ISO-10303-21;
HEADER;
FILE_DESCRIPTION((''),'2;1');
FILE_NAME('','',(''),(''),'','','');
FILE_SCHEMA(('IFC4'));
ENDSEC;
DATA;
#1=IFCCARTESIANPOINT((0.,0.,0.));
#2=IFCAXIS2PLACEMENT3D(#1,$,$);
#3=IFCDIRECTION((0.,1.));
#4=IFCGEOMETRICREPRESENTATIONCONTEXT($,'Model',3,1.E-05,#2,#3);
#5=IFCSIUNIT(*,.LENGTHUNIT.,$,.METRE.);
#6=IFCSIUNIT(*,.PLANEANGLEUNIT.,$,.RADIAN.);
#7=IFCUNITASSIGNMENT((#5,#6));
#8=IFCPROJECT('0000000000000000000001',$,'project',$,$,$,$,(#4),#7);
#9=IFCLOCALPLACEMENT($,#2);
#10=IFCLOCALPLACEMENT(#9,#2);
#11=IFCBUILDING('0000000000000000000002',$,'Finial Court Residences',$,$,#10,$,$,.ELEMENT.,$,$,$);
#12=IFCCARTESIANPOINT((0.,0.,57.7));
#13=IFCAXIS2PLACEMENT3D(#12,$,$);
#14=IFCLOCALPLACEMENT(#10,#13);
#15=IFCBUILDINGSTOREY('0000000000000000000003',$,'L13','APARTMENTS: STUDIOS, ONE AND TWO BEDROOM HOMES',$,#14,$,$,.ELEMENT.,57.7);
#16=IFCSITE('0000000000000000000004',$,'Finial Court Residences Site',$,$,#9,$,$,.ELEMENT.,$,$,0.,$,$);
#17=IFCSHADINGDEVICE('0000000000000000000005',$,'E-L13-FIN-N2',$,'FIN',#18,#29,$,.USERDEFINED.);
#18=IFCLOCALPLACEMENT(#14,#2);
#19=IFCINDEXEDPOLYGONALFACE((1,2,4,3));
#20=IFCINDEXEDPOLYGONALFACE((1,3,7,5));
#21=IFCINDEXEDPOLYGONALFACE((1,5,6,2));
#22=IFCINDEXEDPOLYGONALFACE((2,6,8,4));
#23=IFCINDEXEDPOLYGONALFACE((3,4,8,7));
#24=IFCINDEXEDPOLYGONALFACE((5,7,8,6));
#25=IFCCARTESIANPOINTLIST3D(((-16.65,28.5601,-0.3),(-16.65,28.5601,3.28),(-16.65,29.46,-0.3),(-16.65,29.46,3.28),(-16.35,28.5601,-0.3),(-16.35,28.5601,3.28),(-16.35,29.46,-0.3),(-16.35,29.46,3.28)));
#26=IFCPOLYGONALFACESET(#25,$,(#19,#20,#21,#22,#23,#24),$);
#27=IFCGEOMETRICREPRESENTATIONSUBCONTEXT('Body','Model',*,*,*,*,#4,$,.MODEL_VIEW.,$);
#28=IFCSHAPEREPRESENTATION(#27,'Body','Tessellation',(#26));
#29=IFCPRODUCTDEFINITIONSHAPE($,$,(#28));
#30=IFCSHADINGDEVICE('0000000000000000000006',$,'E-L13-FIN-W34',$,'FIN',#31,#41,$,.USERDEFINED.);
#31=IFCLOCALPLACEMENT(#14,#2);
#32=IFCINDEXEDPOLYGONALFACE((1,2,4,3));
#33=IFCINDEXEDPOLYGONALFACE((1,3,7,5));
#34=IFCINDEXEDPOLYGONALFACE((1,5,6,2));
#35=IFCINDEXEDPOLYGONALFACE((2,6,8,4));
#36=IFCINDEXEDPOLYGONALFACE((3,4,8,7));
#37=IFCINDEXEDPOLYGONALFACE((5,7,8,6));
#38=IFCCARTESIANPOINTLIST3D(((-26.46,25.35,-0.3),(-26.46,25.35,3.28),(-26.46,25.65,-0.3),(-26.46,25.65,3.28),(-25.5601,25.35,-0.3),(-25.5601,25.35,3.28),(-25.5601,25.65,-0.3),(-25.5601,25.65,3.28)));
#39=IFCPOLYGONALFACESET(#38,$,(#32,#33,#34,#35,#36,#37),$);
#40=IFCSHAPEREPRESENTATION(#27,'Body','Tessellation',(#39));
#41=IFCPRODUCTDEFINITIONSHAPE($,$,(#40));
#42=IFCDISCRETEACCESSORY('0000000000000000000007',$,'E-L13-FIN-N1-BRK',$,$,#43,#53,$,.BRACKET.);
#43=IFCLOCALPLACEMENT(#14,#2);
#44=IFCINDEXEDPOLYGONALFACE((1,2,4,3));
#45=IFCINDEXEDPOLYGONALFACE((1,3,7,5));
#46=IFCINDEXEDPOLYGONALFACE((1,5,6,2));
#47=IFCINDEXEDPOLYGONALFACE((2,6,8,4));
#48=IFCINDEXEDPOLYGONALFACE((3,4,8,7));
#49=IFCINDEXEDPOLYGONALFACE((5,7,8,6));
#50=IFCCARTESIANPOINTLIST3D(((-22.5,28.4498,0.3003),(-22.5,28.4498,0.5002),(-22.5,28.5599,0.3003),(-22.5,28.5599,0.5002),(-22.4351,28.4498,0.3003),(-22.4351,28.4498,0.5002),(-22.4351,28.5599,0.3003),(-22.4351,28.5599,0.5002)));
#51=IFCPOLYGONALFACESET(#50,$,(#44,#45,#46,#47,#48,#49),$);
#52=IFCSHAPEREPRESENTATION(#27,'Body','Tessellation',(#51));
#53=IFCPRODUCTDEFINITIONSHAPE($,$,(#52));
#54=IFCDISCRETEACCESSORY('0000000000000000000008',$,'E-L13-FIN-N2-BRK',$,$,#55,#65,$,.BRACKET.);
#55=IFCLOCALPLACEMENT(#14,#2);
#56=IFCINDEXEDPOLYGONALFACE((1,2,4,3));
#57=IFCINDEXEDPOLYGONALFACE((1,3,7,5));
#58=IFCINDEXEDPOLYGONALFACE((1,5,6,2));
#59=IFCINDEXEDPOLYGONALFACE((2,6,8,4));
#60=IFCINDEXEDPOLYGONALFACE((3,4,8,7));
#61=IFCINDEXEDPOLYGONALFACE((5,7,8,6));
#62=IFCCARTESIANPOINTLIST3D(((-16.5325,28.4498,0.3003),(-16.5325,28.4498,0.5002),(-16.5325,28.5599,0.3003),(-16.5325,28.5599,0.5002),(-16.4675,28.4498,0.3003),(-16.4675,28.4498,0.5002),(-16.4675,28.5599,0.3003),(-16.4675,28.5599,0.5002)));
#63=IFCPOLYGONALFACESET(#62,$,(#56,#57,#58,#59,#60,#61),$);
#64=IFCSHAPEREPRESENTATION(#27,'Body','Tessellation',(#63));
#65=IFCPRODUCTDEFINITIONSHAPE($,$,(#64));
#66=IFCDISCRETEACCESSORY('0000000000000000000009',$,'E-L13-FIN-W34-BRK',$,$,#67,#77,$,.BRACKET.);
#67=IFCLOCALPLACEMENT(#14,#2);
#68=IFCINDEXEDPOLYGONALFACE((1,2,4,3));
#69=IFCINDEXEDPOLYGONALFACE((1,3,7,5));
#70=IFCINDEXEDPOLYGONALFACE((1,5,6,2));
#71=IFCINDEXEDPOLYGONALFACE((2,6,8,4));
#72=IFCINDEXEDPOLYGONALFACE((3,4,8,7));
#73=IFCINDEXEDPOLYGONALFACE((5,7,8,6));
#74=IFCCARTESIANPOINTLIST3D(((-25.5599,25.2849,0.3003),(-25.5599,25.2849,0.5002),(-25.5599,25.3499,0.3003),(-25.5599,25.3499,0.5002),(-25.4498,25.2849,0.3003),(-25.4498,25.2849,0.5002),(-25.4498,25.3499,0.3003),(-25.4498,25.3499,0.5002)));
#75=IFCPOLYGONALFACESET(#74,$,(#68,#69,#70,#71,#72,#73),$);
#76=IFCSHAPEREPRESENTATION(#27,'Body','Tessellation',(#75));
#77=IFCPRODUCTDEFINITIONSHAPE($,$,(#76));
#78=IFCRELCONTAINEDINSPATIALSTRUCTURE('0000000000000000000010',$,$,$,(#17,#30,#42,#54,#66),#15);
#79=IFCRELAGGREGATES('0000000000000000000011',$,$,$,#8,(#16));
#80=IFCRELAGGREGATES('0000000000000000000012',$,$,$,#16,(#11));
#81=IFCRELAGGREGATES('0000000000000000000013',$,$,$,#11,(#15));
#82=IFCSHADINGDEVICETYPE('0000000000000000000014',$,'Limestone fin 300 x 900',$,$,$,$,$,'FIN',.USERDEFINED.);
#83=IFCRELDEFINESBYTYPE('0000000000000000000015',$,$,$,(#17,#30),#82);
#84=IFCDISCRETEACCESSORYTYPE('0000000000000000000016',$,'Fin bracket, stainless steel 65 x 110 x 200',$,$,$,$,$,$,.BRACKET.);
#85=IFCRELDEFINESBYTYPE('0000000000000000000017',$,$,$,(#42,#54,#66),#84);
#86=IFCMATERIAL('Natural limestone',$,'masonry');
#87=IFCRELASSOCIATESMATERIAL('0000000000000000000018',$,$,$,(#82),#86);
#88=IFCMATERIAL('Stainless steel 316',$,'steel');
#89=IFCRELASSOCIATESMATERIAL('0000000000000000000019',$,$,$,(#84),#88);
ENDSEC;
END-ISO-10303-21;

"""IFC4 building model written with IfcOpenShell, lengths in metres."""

from ifc_helpers import new_model, si_unit, direction, frame, origin, origin_2d, place, context, subcontext, project, spatial, rectangle, extrude, material, type_object, element, save


model = new_model("IFC4")

# Units and contexts
model_context = context("Model", 3, precision=1e-05, world=origin(), true_north=direction((0.0, 1.0)))
body_context = subcontext(model_context, "Body", "Model", "MODEL_VIEW")
ifc_project = project(units=[si_unit("LENGTHUNIT", "METRE"), si_unit("PLANEANGLEUNIT", "RADIAN")], contexts=[model_context])

# Site, building, storey
site_placement = place(None, origin())
site = spatial("IfcSite", under=ifc_project, at=site_placement, Name="Finial Court Residences Site", CompositionType="ELEMENT", RefElevation=0.0)
building_placement = place(site_placement, origin())
building = spatial("IfcBuilding", under=site, at=building_placement, Name="Finial Court Residences", CompositionType="ELEMENT")
storey_placement = place(building_placement, frame((0.0, 0.0, 57.7)))
storey = spatial("IfcBuildingStorey", under=building, at=storey_placement, Name="L13", Description="APARTMENTS: STUDIOS, ONE AND TWO BEDROOM HOMES", CompositionType="ELEMENT", Elevation=57.7)

# Shared definitions
ifc_material_1 = material(Name="Natural limestone", Category="masonry")

# Shading devices
shading_device_type = type_object("IfcShadingDeviceType", Name="Limestone fin 300 x 900", ElementType="FIN", PredefinedType="USERDEFINED", material=ifc_material_1)
for number, where, z_axis, x_axis, name in (
    (1, (-16.5, 29.01, -0.3), (0.0, 0.0, 1.0), (1.0, 0.0, 0.0), "E-L13-FIN-N2"),
):
    element("IfcShadingDevice", number, at=place(storey_placement, frame(where, z_axis=z_axis, x_axis=x_axis)), inside=storey, type_object=shading_device_type, Name=name, ObjectType="FIN", PredefinedType="USERDEFINED", context=body_context, shape_type="SweptSolid", body=[
        extrude(rectangle(XDim=0.3, YDim=0.8999, at=origin_2d()), origin(), (0.0, 0.0, 1.0), 3.5801),
    ])
shading_device_placement = place(storey_placement, frame((-26.01, 25.5, -0.3), z_axis=(0.0, 0.0, 1.0), x_axis=(1.0, 0.0, 0.0)))
element("IfcShadingDevice", 2, at=shading_device_placement, inside=storey, type_object=shading_device_type, Name="E-L13-FIN-W34", ObjectType="FIN", PredefinedType="USERDEFINED", context=body_context, shape_type="SweptSolid", body=[
    extrude(rectangle(XDim=0.8999, YDim=0.3, at=origin_2d()), origin(), (0.0, 0.0, 1.0), 3.5801),
])

# Discrete accessories
ifc_material_2 = material(Name="Stainless steel 316", Category="steel")
discrete_accessory_type = type_object("IfcDiscreteAccessoryType", Name="Fin bracket, stainless steel 65 x 110 x 200", PredefinedType="BRACKET", material=ifc_material_2)
for number, where, z_axis, x_axis, name in (
    (3, (-22.4675, 28.5049, 0.3003), (0.0, 0.0, 1.0), (1.0, 0.0, 0.0), "E-L13-FIN-N1-BRK"),
    (4, (-16.5, 28.5049, 0.3003), (0.0, 0.0, 1.0), (1.0, 0.0, 0.0), "E-L13-FIN-N2-BRK"),
):
    element("IfcDiscreteAccessory", number, at=place(storey_placement, frame(where, z_axis=z_axis, x_axis=x_axis)), inside=storey, type_object=discrete_accessory_type, Name=name, PredefinedType="BRACKET", context=body_context, shape_type="SweptSolid", body=[
        extrude(rectangle(XDim=0.0649, YDim=0.1101, at=origin_2d()), origin(), (0.0, 0.0, 1.0), 0.2),
    ])
discrete_accessory_placement = place(storey_placement, frame((-25.5049, 25.3174, 0.3003), z_axis=(0.0, 0.0, 1.0), x_axis=(1.0, 0.0, 0.0)))
element("IfcDiscreteAccessory", 5, at=discrete_accessory_placement, inside=storey, type_object=discrete_accessory_type, Name="E-L13-FIN-W34-BRK", PredefinedType="BRACKET", context=body_context, shape_type="SweptSolid", body=[
    extrude(rectangle(XDim=0.1101, YDim=0.0649, at=origin_2d()), origin(), (0.0, 0.0, 1.0), 0.2),
])

save(model, "model.ifc")
